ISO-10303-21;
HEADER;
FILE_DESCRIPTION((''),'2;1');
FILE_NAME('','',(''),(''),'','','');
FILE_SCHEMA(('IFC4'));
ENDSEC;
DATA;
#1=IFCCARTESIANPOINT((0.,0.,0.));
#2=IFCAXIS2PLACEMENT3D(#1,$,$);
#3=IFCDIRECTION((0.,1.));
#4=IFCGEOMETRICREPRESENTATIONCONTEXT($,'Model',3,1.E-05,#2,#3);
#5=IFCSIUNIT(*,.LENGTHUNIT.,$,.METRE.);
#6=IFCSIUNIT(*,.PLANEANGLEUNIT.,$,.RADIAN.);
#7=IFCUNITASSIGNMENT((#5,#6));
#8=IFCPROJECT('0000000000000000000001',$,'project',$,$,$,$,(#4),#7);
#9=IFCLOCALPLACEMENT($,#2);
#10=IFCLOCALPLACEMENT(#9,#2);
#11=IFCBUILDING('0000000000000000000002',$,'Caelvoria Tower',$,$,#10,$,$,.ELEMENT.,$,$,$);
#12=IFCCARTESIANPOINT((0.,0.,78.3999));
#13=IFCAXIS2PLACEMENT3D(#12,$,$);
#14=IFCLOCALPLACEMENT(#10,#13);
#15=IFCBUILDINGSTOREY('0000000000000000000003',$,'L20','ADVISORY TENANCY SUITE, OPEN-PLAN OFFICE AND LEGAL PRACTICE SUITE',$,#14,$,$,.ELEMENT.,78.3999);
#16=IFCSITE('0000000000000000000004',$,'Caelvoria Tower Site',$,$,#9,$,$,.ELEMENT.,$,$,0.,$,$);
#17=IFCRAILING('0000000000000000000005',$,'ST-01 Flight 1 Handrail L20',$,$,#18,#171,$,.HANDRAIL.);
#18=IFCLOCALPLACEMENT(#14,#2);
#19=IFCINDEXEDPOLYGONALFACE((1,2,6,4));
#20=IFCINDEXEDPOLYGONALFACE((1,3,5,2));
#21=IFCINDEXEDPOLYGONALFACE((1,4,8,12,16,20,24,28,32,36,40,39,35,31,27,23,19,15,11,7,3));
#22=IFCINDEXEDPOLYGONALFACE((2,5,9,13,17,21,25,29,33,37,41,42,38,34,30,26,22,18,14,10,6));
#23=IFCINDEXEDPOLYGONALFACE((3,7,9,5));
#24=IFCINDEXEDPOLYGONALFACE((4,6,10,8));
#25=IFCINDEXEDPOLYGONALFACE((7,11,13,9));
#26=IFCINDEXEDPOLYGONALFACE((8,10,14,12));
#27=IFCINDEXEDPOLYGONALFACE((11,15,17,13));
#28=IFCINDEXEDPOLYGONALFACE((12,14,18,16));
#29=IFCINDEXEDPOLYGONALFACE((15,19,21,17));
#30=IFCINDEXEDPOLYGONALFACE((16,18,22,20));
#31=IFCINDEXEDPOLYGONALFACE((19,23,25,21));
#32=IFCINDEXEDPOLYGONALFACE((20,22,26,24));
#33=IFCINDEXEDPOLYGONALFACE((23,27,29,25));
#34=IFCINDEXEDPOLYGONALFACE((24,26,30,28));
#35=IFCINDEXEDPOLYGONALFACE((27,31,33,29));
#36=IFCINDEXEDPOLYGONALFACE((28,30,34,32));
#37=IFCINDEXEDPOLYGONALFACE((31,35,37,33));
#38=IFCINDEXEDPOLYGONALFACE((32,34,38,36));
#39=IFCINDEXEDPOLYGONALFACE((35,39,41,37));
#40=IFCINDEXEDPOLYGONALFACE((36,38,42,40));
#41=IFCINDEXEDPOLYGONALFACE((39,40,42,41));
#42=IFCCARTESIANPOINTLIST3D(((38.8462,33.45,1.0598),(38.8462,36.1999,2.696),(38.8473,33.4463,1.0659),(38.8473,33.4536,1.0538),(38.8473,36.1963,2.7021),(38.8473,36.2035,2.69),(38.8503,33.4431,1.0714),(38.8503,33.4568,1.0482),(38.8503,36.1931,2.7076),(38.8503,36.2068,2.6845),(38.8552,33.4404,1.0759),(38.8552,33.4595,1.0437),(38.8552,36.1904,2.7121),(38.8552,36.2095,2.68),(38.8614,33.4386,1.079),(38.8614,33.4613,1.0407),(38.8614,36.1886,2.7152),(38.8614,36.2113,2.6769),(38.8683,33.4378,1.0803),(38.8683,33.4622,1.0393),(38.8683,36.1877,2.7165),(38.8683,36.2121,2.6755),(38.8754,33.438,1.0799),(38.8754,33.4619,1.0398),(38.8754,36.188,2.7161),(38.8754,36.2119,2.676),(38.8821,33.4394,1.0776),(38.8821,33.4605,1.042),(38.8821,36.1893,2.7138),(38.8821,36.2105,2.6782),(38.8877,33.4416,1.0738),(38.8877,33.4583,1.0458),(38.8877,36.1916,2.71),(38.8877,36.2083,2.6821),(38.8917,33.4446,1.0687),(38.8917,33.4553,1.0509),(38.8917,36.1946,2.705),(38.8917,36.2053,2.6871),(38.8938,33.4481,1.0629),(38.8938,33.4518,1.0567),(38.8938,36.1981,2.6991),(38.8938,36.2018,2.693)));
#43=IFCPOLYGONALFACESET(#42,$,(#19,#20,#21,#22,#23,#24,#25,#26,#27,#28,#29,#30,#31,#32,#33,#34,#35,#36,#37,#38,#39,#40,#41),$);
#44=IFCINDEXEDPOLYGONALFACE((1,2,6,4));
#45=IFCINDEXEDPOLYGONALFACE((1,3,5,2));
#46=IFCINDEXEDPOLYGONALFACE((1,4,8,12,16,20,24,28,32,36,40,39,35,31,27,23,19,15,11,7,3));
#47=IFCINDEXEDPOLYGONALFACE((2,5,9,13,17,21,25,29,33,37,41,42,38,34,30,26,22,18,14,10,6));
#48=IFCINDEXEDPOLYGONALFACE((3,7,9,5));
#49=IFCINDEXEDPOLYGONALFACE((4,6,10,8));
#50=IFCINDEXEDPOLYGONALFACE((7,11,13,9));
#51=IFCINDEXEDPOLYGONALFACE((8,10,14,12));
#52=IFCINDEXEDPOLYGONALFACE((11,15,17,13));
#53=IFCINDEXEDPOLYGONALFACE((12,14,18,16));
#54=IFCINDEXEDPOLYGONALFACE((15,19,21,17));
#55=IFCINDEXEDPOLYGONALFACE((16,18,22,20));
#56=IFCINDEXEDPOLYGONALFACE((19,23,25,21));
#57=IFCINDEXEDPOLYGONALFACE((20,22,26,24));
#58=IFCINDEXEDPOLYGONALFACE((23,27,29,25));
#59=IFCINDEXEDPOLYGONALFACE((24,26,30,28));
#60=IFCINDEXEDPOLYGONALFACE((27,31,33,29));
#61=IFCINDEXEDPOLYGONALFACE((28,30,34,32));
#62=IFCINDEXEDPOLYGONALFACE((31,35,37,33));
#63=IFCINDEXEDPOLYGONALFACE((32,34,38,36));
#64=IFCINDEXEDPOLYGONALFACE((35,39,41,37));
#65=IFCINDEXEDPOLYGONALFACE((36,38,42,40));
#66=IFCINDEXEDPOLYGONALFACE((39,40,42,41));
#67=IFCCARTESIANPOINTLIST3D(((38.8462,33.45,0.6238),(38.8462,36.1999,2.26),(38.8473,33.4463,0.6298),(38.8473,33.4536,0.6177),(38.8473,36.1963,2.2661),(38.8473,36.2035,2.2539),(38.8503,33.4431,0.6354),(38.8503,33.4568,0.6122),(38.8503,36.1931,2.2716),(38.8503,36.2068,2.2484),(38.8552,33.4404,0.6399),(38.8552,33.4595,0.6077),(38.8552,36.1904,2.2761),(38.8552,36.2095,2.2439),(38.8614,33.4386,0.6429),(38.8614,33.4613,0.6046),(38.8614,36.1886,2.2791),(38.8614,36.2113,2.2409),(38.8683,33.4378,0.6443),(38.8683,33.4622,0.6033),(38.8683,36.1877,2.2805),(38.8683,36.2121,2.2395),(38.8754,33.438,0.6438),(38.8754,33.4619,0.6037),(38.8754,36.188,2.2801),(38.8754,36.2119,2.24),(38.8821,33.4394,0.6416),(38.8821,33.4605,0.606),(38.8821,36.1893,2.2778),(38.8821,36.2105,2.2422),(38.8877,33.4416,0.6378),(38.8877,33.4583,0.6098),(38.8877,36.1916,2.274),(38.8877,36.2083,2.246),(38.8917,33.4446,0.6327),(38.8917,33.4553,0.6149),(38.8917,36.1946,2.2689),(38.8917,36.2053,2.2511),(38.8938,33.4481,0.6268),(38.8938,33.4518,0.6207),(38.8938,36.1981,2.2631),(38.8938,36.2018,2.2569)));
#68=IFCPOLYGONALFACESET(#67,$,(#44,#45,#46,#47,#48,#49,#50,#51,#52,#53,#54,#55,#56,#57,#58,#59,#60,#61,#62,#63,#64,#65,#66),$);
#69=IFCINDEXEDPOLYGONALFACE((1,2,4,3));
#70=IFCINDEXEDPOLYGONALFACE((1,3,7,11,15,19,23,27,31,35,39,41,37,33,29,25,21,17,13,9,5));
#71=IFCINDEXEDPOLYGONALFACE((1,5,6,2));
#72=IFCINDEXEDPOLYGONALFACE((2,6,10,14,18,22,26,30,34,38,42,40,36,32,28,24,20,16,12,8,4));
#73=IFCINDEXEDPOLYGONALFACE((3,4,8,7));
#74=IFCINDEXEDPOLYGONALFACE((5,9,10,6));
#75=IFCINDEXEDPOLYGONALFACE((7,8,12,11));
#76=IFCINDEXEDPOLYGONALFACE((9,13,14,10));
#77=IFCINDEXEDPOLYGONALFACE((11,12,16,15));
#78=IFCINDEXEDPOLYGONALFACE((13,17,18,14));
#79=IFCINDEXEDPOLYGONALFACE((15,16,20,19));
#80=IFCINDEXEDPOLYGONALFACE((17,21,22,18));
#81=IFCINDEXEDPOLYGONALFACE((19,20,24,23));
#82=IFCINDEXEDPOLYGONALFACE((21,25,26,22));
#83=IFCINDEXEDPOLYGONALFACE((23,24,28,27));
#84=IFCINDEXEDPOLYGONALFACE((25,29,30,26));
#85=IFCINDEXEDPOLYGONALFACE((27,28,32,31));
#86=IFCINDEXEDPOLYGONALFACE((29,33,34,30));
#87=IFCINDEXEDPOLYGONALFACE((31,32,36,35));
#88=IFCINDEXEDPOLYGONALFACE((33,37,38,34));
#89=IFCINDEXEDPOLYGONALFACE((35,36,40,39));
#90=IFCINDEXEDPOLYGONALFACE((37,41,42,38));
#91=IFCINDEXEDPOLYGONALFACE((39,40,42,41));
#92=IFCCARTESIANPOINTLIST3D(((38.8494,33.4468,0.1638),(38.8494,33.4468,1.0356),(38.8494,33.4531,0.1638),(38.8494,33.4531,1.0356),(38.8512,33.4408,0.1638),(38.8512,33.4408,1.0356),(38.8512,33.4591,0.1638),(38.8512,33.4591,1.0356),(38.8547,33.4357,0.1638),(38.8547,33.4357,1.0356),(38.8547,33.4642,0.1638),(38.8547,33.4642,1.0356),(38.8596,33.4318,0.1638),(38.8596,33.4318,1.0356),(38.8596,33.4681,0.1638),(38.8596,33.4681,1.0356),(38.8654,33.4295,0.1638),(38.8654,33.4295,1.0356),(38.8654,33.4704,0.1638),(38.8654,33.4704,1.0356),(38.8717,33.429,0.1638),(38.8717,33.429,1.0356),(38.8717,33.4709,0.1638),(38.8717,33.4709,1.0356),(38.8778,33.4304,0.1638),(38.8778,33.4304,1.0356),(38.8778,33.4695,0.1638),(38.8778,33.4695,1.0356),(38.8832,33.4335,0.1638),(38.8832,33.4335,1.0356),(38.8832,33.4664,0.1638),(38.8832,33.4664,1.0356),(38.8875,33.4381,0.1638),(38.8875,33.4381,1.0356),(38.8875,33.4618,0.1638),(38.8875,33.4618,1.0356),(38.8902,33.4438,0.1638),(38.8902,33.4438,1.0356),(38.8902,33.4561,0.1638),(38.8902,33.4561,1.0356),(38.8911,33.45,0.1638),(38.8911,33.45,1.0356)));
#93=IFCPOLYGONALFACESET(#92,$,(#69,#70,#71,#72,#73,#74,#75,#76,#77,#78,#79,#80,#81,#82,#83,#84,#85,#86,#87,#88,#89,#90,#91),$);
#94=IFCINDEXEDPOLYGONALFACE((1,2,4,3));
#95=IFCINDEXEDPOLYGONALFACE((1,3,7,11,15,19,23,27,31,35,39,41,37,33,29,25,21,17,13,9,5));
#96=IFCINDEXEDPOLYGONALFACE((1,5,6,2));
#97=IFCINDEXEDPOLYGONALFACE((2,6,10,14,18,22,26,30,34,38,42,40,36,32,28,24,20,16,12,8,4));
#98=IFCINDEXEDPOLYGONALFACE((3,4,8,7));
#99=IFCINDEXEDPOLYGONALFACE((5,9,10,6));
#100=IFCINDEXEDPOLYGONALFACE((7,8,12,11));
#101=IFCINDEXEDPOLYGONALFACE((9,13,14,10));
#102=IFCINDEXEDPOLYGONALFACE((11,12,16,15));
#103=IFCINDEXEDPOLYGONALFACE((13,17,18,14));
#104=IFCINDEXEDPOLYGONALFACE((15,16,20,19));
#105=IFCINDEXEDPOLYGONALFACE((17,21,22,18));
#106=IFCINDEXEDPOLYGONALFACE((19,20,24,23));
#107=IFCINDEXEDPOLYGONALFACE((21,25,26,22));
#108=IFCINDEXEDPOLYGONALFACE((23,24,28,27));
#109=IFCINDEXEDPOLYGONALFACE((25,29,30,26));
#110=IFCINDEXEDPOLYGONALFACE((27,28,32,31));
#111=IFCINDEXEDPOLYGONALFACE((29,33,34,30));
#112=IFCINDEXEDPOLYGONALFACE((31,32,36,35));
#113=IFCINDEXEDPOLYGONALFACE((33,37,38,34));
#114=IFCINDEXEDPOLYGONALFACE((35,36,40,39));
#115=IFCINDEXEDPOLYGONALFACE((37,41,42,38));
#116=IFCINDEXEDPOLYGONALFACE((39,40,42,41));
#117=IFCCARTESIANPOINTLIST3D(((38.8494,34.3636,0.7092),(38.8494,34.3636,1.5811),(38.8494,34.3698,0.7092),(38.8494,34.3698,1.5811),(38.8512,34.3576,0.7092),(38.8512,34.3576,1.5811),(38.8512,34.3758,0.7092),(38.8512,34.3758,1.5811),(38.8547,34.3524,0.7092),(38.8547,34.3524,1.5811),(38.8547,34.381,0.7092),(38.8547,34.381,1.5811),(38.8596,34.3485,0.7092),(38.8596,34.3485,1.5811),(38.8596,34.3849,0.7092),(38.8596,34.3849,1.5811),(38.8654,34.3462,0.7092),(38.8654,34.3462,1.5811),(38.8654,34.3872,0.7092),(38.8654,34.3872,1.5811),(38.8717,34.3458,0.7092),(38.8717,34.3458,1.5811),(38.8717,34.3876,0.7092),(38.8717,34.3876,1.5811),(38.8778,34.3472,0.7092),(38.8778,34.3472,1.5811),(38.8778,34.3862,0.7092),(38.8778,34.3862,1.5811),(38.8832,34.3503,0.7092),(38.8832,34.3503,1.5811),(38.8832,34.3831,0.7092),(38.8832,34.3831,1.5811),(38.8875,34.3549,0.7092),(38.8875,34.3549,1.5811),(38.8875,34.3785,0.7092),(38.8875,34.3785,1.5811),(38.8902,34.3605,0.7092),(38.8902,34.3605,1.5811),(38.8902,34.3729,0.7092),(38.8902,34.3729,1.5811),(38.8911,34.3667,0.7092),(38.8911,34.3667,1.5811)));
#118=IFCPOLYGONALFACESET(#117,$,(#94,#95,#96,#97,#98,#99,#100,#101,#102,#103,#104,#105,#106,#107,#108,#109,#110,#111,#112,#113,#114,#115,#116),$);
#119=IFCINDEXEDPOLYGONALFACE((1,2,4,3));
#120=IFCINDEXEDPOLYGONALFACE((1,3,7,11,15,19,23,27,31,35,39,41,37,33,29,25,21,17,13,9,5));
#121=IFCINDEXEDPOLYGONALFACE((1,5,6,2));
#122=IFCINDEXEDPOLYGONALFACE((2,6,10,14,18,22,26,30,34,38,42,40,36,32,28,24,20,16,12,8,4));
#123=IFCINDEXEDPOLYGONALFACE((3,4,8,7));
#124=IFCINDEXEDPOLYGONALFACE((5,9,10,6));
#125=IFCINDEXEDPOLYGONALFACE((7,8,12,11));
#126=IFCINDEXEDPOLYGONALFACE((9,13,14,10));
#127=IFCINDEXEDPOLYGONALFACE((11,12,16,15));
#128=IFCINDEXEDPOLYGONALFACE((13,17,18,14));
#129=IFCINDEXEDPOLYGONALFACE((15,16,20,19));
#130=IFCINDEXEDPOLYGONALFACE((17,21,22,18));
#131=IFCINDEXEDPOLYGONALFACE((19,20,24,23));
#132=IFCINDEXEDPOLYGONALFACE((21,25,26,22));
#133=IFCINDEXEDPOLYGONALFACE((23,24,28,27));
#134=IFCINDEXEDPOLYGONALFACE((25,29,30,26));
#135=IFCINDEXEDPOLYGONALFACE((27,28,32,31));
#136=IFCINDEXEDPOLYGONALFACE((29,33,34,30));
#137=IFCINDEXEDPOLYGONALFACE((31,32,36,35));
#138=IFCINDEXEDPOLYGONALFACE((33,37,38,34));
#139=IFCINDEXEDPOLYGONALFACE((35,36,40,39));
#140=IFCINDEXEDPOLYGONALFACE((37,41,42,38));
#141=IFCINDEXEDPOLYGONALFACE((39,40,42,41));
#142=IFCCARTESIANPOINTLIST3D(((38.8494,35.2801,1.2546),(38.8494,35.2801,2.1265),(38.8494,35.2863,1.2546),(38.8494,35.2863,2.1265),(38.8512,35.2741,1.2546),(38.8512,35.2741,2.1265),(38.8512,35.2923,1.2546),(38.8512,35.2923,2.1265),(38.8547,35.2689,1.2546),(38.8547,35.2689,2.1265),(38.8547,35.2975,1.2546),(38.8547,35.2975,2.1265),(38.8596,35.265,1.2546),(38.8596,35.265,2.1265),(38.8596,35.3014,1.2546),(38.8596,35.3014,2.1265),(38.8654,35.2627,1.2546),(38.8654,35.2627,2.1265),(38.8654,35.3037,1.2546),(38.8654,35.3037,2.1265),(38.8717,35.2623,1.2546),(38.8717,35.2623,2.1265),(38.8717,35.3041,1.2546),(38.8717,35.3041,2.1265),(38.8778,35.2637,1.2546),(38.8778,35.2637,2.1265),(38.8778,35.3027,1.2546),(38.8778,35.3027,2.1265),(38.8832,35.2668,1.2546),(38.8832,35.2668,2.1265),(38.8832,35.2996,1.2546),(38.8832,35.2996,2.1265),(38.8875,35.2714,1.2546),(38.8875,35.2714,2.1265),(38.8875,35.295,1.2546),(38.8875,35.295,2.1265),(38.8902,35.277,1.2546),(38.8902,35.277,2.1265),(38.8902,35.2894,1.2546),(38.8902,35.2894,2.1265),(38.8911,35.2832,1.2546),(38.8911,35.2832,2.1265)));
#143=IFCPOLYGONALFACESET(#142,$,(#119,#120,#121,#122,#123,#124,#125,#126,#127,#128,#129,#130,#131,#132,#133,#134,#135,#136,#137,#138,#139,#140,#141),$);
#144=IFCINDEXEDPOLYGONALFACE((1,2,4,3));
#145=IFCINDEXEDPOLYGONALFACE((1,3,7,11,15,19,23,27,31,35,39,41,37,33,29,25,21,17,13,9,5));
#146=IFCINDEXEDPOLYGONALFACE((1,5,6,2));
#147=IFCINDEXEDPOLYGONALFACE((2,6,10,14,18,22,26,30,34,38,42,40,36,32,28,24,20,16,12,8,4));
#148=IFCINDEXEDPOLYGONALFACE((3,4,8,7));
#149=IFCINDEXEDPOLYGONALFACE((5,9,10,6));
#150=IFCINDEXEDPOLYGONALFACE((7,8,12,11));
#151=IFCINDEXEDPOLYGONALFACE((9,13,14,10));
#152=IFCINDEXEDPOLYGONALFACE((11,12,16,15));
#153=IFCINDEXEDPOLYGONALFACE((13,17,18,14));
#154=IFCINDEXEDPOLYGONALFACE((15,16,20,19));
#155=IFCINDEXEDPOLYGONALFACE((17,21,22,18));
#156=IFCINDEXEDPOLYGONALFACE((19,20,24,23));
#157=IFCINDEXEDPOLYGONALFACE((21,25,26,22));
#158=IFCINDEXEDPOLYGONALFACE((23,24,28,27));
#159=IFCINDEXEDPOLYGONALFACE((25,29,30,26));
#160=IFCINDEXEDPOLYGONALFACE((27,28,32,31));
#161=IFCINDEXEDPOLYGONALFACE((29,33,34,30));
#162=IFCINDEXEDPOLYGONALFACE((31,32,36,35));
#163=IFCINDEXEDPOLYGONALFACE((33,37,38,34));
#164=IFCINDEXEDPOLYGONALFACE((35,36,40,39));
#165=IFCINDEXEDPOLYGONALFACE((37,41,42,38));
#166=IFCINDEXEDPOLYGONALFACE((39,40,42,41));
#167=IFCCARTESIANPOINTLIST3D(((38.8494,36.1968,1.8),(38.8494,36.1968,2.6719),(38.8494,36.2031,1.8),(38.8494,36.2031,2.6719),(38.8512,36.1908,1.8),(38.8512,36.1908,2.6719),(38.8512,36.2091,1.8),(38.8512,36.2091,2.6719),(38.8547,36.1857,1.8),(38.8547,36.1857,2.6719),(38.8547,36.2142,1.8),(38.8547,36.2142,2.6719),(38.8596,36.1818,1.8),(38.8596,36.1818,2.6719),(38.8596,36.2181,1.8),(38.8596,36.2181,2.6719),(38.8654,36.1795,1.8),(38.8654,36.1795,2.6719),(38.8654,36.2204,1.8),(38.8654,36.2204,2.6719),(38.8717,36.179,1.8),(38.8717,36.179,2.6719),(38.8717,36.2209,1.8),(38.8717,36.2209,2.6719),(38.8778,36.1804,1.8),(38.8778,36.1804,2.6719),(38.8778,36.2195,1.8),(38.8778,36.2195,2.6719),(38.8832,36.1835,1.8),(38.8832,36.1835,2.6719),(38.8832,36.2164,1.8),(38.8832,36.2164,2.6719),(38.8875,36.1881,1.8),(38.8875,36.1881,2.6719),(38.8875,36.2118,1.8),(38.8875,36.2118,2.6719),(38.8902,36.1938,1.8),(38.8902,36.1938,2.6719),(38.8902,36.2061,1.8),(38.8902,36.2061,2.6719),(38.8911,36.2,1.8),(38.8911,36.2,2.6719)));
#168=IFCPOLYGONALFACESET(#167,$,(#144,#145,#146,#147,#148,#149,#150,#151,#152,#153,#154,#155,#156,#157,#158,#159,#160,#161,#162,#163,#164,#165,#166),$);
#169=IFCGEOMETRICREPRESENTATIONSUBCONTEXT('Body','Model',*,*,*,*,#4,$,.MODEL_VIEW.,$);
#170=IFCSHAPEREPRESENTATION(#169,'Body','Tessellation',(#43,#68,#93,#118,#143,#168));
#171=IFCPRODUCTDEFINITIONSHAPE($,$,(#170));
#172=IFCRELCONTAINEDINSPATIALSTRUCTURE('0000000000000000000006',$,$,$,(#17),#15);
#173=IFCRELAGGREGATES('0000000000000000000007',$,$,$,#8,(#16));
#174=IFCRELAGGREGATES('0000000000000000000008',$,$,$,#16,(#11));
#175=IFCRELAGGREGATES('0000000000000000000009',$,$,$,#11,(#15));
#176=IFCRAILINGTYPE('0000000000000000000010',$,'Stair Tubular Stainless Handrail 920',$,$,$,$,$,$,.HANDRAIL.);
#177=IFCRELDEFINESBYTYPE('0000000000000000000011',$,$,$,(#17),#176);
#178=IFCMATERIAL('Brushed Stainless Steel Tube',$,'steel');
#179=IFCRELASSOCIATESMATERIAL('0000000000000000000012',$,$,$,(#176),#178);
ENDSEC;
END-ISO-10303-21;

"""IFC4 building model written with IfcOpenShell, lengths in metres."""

from ifc_helpers import new_model, si_unit, direction, frame, origin, origin_2d, place, context, subcontext, project, spatial, circle, extrude, material, type_object, element, save


model = new_model("IFC4")

# Units and contexts
model_context = context("Model", 3, precision=1e-05, world=origin(), true_north=direction((0.0, 1.0)))
body_context = subcontext(model_context, "Body", "Model", "MODEL_VIEW")
ifc_project = project(units=[si_unit("LENGTHUNIT", "METRE"), si_unit("PLANEANGLEUNIT", "RADIAN")], contexts=[model_context])

# Site, building, storey
site_placement = place(None, origin())
site = spatial("IfcSite", under=ifc_project, at=site_placement, Name="Caelvoria Tower Site", CompositionType="ELEMENT", RefElevation=0.0)
building_placement = place(site_placement, origin())
building = spatial("IfcBuilding", under=site, at=building_placement, Name="Caelvoria Tower", CompositionType="ELEMENT")
storey_placement = place(building_placement, frame((0.0, 0.0, 78.3999)))
storey = spatial("IfcBuildingStorey", under=building, at=storey_placement, Name="L20", Description="ADVISORY TENANCY SUITE, OPEN-PLAN OFFICE AND LEGAL PRACTICE SUITE", CompositionType="ELEMENT", Elevation=78.3999)

# Railing
ifc_material_1 = material(Name="Brushed Stainless Steel Tube", Category="steel")
railing_type_1 = type_object("IfcRailingType", Name="Stair Tubular Stainless Handrail 920", PredefinedType="HANDRAIL", material=ifc_material_1)
railing_1_placement = place(storey_placement, frame((38.8701, 33.45, 0.1638)))
element("IfcRailing", 1, at=railing_1_placement, inside=storey, type_object=railing_type_1, Name="ST-01 Flight 1 Handrail L20", PredefinedType="HANDRAIL", context=body_context, shape_type="SweptSolid", body=[
    extrude(circle(Radius=0.0239, at=origin_2d()), frame((0.0, 0.0, 0.896), z_axis=(0.0, 0.859385, 0.511328), x_axis=(-1.0, 0.0, 0.0)), (0.0, 0.0, 1.0), 3.2),
    extrude(circle(Radius=0.0239, at=origin_2d()), frame((0.0, 0.0, 0.46), z_axis=(0.0, 0.859385, 0.511328), x_axis=(-1.0, 0.0, 0.0)), (0.0, 0.0, 1.0), 3.2),
    extrude(circle(Radius=0.021, at=origin_2d()), origin(), (0.0, 0.0, 1.0), 0.8718),
    extrude(circle(Radius=0.021, at=origin_2d()), frame((0.0, 0.9167, 0.5454)), (0.0, 0.0, 1.0), 0.8718),
    extrude(circle(Radius=0.021, at=origin_2d()), frame((0.0, 1.8333, 1.0908)), (0.0, 0.0, 1.0), 0.8718),
    extrude(circle(Radius=0.021, at=origin_2d()), frame((0.0, 2.75, 1.6362)), (0.0, 0.0, 1.0), 0.8718),
])

save(model, "model.ifc")
